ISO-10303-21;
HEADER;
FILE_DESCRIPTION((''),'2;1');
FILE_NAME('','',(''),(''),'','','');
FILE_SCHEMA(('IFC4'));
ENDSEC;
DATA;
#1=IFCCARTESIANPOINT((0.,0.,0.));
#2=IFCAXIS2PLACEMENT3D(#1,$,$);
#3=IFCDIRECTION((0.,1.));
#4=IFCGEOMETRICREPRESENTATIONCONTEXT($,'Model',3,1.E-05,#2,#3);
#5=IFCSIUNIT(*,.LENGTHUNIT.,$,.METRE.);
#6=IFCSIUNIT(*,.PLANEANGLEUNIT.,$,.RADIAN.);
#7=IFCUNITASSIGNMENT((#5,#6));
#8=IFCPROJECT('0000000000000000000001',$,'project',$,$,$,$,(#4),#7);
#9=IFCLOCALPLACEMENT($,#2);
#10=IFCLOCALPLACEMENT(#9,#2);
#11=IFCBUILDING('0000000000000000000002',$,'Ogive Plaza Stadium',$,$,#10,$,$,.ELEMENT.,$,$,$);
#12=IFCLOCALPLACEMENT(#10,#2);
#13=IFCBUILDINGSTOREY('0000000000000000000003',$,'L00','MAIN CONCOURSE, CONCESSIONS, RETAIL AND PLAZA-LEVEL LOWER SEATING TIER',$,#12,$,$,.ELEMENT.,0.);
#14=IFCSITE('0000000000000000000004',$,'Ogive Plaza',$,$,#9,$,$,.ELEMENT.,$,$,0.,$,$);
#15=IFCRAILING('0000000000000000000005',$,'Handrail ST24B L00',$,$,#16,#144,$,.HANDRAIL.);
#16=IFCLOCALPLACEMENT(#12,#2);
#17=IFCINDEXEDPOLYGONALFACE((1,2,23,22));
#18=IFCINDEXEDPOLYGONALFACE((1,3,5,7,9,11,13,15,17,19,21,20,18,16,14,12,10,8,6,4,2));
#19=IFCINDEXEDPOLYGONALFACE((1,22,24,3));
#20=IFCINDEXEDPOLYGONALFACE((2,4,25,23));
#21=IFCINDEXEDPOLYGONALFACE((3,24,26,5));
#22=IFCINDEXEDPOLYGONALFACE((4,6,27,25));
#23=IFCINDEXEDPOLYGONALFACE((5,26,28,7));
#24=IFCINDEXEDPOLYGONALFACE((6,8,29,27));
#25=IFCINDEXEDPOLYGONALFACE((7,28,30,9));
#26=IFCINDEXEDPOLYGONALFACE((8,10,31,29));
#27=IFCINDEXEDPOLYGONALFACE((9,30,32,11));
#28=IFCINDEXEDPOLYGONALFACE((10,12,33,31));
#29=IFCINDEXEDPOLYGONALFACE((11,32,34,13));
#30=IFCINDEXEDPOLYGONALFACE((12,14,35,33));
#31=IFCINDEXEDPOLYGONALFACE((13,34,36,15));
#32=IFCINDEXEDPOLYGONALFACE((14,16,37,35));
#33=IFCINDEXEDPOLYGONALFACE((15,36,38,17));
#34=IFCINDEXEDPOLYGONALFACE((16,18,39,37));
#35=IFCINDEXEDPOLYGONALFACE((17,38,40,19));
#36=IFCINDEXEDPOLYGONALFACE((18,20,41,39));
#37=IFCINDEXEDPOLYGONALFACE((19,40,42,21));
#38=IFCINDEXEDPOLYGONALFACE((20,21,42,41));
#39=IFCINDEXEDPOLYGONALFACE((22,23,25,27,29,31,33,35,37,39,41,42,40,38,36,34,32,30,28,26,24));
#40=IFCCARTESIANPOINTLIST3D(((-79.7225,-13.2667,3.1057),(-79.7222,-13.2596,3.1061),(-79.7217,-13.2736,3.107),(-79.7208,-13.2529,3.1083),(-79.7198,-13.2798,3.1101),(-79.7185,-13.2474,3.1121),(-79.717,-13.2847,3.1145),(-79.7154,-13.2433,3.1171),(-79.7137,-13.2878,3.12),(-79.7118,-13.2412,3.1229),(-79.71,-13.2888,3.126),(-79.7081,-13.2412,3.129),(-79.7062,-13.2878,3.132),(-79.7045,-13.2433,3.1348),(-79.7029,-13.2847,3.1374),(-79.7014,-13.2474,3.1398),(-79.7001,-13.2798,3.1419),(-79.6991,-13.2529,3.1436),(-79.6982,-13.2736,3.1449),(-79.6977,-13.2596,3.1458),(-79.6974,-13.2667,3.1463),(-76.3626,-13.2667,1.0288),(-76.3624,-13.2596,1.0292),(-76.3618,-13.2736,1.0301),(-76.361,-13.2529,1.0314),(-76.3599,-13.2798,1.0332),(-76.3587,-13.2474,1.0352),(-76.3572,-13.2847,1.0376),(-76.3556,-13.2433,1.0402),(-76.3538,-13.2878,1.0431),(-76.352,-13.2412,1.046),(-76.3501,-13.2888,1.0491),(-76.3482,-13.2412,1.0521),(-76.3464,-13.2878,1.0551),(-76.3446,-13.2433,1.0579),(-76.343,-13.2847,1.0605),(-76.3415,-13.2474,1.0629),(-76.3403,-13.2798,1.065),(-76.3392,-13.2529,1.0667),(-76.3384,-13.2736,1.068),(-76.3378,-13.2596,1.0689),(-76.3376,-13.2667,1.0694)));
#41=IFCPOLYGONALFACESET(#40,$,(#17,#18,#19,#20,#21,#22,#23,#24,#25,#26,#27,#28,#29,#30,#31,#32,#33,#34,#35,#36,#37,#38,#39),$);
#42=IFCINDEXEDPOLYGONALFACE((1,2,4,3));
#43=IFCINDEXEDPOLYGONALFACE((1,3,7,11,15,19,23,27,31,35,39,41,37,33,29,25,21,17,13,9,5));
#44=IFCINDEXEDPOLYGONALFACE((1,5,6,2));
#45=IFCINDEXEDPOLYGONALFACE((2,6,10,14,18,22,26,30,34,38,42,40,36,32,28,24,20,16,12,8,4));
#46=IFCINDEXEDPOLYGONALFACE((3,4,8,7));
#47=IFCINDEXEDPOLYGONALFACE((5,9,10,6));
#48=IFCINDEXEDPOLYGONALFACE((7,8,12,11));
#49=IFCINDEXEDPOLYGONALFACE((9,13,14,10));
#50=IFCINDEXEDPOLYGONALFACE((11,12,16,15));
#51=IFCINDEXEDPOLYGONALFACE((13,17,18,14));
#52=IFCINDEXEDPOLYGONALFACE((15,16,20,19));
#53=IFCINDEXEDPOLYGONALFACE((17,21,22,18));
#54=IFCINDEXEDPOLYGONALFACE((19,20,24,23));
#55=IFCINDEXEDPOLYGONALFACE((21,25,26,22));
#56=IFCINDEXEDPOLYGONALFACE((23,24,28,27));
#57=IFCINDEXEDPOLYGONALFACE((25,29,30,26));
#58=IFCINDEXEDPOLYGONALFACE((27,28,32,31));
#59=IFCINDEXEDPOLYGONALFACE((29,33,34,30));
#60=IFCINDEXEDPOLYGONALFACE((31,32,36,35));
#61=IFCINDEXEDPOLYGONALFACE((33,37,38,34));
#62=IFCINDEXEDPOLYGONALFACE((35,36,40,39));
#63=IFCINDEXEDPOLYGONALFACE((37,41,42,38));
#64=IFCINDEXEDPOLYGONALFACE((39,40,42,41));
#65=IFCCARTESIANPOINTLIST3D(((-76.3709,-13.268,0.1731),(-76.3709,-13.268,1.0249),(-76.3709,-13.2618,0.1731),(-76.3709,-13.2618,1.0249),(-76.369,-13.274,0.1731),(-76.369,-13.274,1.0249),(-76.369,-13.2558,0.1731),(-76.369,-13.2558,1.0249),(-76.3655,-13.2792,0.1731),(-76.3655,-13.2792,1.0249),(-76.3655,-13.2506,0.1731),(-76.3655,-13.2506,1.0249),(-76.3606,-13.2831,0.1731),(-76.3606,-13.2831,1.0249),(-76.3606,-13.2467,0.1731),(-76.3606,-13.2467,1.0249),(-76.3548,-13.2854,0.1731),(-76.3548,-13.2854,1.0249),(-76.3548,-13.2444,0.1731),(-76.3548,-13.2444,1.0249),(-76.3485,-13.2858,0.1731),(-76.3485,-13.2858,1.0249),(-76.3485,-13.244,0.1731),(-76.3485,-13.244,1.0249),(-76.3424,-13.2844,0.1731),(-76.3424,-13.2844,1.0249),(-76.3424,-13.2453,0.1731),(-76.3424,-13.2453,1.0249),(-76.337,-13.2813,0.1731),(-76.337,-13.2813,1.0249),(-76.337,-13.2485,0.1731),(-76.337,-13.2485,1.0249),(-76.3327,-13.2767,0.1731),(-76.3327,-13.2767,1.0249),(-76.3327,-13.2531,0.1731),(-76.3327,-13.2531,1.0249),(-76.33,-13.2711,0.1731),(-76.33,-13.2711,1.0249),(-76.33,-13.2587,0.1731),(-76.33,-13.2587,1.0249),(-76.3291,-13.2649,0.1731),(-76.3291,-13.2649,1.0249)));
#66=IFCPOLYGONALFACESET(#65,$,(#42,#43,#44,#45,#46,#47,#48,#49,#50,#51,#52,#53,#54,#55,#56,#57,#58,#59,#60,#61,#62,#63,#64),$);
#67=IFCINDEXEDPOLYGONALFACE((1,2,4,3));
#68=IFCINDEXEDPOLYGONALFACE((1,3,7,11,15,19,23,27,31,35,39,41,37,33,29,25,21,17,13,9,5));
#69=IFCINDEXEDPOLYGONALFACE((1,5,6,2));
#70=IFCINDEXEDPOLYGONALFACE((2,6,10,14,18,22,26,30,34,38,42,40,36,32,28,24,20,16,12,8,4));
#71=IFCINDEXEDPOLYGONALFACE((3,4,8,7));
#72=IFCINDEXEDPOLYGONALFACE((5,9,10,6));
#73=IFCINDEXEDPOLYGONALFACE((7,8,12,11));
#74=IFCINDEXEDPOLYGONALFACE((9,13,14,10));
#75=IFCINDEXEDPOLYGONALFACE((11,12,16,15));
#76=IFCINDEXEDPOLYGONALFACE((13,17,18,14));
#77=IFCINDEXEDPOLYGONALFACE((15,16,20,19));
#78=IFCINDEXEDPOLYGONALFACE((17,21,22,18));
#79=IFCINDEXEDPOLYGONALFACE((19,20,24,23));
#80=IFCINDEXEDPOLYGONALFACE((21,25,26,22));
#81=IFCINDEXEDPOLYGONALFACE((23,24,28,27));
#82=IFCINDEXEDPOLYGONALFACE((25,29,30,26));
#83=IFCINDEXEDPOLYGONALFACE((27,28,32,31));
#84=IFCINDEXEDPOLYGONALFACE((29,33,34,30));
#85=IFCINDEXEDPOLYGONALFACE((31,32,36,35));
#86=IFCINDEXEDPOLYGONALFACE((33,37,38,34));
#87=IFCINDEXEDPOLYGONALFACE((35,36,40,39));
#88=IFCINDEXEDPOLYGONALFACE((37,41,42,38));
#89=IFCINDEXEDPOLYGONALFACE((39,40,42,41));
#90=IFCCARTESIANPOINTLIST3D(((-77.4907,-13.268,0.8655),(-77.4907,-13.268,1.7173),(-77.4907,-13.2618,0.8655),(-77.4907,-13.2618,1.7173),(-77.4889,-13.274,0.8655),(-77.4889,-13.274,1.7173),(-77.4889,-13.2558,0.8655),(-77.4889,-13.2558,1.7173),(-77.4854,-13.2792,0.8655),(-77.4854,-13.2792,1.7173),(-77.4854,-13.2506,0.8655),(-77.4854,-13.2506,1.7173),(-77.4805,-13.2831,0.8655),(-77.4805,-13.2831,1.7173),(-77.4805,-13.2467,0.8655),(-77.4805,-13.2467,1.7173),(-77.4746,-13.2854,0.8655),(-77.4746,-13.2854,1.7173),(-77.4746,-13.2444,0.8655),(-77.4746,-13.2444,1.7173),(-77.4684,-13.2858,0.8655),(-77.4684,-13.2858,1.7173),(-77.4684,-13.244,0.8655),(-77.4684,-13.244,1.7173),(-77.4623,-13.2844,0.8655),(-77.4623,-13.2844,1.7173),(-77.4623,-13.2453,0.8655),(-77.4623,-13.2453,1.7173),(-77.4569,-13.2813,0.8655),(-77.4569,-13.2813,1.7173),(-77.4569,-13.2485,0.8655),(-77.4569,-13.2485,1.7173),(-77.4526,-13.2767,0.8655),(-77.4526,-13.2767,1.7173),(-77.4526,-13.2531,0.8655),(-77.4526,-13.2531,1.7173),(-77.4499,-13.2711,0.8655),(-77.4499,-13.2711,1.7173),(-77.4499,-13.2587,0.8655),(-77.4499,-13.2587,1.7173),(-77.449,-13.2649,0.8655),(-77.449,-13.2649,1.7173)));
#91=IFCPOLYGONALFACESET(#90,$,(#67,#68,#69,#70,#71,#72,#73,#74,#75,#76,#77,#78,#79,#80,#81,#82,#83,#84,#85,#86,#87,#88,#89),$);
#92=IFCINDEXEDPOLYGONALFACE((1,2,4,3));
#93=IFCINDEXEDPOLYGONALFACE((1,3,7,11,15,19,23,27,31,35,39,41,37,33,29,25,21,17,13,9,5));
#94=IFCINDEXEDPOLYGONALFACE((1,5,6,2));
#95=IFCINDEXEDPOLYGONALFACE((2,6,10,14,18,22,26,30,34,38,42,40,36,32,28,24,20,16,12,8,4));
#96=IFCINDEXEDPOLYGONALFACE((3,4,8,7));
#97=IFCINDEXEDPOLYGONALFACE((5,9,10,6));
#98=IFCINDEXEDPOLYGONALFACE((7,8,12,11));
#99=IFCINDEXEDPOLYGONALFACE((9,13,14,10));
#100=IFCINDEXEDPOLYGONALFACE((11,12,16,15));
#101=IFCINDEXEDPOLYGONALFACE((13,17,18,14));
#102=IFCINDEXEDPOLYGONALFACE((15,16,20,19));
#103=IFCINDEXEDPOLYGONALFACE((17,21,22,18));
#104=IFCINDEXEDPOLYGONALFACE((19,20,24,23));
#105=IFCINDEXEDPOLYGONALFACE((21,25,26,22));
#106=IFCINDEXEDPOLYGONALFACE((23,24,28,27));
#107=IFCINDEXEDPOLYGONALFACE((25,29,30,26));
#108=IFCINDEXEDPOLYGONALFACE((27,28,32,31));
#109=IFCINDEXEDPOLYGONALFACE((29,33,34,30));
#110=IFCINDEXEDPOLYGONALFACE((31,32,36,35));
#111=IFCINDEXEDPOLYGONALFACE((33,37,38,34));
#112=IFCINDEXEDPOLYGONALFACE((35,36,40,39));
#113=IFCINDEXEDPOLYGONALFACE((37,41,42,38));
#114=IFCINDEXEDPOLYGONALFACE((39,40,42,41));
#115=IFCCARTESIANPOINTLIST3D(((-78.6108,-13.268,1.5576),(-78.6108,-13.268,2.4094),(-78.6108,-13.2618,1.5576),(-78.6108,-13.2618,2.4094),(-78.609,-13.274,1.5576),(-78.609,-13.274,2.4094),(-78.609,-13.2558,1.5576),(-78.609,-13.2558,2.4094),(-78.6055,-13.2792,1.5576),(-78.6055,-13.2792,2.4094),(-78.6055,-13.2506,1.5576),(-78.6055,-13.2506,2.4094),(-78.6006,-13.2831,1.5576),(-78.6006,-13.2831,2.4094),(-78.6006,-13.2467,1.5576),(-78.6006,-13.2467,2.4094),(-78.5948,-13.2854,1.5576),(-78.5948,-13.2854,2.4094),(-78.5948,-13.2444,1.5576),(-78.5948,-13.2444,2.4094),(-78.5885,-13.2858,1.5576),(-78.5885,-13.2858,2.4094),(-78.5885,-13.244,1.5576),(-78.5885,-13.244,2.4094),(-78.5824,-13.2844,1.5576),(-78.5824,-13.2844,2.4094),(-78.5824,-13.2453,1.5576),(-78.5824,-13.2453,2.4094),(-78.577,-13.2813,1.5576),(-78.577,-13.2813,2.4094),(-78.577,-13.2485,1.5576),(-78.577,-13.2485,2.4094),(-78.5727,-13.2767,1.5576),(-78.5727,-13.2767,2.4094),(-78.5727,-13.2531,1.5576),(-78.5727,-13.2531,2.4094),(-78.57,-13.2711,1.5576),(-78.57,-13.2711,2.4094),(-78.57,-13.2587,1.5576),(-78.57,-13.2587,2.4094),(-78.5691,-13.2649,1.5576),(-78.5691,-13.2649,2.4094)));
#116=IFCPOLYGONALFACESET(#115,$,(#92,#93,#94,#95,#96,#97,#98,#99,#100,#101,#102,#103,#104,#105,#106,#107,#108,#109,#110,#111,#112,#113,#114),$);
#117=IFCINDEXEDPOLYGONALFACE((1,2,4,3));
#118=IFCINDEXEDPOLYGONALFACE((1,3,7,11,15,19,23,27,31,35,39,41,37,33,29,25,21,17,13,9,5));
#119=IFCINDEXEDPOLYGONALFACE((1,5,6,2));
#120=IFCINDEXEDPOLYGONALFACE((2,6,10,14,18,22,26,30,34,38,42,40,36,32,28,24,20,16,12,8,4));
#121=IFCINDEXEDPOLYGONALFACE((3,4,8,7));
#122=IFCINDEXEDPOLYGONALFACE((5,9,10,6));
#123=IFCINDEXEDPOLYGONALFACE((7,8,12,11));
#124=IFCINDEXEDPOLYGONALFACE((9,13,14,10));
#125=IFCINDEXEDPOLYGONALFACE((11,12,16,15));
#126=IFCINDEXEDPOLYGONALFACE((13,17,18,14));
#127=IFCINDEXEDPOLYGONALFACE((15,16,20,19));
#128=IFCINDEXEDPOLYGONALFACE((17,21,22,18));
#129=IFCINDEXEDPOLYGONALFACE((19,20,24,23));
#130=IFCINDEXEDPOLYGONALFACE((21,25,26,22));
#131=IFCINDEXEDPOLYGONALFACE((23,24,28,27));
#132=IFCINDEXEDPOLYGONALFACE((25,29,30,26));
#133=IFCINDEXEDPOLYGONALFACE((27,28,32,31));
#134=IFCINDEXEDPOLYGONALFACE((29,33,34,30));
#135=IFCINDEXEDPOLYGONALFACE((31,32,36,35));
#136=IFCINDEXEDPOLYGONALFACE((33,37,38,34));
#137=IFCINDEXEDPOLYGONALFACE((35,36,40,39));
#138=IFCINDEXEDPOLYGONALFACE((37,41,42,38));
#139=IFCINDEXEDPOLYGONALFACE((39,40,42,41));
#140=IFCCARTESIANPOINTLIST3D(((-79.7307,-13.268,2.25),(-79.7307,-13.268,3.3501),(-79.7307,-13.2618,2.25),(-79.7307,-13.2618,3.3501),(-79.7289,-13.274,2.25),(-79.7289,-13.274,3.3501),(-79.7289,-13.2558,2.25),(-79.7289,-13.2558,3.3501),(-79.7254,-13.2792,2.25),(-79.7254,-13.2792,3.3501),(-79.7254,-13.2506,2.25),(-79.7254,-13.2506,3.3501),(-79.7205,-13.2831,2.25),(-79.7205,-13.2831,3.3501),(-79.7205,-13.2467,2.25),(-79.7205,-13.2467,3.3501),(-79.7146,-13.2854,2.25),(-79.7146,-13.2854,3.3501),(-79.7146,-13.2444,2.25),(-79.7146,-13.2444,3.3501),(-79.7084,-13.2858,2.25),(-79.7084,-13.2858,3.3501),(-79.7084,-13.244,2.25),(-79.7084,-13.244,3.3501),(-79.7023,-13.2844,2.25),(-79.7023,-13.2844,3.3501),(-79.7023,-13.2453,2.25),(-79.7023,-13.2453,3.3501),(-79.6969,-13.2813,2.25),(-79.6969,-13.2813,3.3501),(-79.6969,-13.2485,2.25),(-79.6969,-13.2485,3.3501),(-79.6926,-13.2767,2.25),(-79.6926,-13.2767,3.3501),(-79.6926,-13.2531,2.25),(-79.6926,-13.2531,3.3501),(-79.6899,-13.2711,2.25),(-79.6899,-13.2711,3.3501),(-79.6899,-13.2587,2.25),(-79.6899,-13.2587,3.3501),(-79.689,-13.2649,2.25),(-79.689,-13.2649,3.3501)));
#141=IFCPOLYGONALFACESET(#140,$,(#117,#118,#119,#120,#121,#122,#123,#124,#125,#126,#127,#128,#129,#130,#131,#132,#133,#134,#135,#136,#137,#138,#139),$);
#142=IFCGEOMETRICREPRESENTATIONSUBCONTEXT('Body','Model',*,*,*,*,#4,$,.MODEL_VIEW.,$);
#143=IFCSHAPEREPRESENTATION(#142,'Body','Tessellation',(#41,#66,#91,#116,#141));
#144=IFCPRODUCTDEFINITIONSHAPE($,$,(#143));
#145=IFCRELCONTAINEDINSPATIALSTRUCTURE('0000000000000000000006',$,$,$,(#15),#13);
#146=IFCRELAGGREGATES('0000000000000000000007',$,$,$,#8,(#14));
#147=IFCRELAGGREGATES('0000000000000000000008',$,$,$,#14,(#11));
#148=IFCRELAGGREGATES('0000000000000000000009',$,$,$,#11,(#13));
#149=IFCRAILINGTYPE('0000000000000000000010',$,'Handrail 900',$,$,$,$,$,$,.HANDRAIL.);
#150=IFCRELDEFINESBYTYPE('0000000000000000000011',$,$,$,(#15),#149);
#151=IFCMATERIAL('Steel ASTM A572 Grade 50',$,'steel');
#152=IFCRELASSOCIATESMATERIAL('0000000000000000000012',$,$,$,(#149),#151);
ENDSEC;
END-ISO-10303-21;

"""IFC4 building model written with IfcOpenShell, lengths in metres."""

from ifc_helpers import new_model, si_unit, direction, frame, origin, origin_2d, place, context, subcontext, project, spatial, circle, extrude, material, type_object, element, save


model = new_model("IFC4")

# Units and contexts
model_context = context("Model", 3, precision=1e-05, world=origin(), true_north=direction((0.0, 1.0)))
body_context = subcontext(model_context, "Body", "Model", "MODEL_VIEW")
ifc_project = project(units=[si_unit("LENGTHUNIT", "METRE"), si_unit("PLANEANGLEUNIT", "RADIAN")], contexts=[model_context])

# Site, building, storey
site_placement = place(None, origin())
site = spatial("IfcSite", under=ifc_project, at=site_placement, Name="Ogive Plaza", CompositionType="ELEMENT", RefElevation=0.0)
building_placement = place(site_placement, origin())
building = spatial("IfcBuilding", under=site, at=building_placement, Name="Ogive Plaza Stadium", CompositionType="ELEMENT")
storey_placement = place(building_placement, origin())
storey = spatial("IfcBuildingStorey", under=building, at=storey_placement, Name="L00", Description="MAIN CONCOURSE, CONCESSIONS, RETAIL AND PLAZA-LEVEL LOWER SEATING TIER", CompositionType="ELEMENT", Elevation=0.0)

# Railing
ifc_material_1 = material(Name="Steel ASTM A572 Grade 50", Category="steel")
railing_type_1 = type_object("IfcRailingType", Name="Handrail 900", PredefinedType="HANDRAIL", material=ifc_material_1)
for number, where, name in (
    (1, (-76.3501, -13.2649, 0.1731), "Handrail ST24B L00"),
):
    element("IfcRailing", number, at=place(storey_placement, frame(where)), inside=storey, type_object=railing_type_1, Name=name, PredefinedType="HANDRAIL", context=body_context, shape_type="SweptSolid", body=[
        extrude(circle(Radius=0.0239, at=origin_2d()), frame((0.0, 0.0, 0.876), z_axis=(-0.850606, 0.0, 0.525803), x_axis=(0.0, -1.0, 0.0)), (0.0, 0.0, 1.0), 3.95),
        extrude(circle(Radius=0.021, at=origin_2d()), origin(), (0.0, 0.0, 1.0), 0.8518),
        extrude(circle(Radius=0.021, at=origin_2d()), frame((-1.1199, 0.0, 0.6924)), (0.0, 0.0, 1.0), 0.8518),
        extrude(circle(Radius=0.021, at=origin_2d()), frame((-2.24, 0.0, 1.3845)), (0.0, 0.0, 1.0), 0.8518),
        extrude(circle(Radius=0.021, at=origin_2d()), frame((-3.3599, 0.0, 2.0769)), (0.0, 0.0, 1.0), 1.1001),
    ])

save(model, "model.ifc")
